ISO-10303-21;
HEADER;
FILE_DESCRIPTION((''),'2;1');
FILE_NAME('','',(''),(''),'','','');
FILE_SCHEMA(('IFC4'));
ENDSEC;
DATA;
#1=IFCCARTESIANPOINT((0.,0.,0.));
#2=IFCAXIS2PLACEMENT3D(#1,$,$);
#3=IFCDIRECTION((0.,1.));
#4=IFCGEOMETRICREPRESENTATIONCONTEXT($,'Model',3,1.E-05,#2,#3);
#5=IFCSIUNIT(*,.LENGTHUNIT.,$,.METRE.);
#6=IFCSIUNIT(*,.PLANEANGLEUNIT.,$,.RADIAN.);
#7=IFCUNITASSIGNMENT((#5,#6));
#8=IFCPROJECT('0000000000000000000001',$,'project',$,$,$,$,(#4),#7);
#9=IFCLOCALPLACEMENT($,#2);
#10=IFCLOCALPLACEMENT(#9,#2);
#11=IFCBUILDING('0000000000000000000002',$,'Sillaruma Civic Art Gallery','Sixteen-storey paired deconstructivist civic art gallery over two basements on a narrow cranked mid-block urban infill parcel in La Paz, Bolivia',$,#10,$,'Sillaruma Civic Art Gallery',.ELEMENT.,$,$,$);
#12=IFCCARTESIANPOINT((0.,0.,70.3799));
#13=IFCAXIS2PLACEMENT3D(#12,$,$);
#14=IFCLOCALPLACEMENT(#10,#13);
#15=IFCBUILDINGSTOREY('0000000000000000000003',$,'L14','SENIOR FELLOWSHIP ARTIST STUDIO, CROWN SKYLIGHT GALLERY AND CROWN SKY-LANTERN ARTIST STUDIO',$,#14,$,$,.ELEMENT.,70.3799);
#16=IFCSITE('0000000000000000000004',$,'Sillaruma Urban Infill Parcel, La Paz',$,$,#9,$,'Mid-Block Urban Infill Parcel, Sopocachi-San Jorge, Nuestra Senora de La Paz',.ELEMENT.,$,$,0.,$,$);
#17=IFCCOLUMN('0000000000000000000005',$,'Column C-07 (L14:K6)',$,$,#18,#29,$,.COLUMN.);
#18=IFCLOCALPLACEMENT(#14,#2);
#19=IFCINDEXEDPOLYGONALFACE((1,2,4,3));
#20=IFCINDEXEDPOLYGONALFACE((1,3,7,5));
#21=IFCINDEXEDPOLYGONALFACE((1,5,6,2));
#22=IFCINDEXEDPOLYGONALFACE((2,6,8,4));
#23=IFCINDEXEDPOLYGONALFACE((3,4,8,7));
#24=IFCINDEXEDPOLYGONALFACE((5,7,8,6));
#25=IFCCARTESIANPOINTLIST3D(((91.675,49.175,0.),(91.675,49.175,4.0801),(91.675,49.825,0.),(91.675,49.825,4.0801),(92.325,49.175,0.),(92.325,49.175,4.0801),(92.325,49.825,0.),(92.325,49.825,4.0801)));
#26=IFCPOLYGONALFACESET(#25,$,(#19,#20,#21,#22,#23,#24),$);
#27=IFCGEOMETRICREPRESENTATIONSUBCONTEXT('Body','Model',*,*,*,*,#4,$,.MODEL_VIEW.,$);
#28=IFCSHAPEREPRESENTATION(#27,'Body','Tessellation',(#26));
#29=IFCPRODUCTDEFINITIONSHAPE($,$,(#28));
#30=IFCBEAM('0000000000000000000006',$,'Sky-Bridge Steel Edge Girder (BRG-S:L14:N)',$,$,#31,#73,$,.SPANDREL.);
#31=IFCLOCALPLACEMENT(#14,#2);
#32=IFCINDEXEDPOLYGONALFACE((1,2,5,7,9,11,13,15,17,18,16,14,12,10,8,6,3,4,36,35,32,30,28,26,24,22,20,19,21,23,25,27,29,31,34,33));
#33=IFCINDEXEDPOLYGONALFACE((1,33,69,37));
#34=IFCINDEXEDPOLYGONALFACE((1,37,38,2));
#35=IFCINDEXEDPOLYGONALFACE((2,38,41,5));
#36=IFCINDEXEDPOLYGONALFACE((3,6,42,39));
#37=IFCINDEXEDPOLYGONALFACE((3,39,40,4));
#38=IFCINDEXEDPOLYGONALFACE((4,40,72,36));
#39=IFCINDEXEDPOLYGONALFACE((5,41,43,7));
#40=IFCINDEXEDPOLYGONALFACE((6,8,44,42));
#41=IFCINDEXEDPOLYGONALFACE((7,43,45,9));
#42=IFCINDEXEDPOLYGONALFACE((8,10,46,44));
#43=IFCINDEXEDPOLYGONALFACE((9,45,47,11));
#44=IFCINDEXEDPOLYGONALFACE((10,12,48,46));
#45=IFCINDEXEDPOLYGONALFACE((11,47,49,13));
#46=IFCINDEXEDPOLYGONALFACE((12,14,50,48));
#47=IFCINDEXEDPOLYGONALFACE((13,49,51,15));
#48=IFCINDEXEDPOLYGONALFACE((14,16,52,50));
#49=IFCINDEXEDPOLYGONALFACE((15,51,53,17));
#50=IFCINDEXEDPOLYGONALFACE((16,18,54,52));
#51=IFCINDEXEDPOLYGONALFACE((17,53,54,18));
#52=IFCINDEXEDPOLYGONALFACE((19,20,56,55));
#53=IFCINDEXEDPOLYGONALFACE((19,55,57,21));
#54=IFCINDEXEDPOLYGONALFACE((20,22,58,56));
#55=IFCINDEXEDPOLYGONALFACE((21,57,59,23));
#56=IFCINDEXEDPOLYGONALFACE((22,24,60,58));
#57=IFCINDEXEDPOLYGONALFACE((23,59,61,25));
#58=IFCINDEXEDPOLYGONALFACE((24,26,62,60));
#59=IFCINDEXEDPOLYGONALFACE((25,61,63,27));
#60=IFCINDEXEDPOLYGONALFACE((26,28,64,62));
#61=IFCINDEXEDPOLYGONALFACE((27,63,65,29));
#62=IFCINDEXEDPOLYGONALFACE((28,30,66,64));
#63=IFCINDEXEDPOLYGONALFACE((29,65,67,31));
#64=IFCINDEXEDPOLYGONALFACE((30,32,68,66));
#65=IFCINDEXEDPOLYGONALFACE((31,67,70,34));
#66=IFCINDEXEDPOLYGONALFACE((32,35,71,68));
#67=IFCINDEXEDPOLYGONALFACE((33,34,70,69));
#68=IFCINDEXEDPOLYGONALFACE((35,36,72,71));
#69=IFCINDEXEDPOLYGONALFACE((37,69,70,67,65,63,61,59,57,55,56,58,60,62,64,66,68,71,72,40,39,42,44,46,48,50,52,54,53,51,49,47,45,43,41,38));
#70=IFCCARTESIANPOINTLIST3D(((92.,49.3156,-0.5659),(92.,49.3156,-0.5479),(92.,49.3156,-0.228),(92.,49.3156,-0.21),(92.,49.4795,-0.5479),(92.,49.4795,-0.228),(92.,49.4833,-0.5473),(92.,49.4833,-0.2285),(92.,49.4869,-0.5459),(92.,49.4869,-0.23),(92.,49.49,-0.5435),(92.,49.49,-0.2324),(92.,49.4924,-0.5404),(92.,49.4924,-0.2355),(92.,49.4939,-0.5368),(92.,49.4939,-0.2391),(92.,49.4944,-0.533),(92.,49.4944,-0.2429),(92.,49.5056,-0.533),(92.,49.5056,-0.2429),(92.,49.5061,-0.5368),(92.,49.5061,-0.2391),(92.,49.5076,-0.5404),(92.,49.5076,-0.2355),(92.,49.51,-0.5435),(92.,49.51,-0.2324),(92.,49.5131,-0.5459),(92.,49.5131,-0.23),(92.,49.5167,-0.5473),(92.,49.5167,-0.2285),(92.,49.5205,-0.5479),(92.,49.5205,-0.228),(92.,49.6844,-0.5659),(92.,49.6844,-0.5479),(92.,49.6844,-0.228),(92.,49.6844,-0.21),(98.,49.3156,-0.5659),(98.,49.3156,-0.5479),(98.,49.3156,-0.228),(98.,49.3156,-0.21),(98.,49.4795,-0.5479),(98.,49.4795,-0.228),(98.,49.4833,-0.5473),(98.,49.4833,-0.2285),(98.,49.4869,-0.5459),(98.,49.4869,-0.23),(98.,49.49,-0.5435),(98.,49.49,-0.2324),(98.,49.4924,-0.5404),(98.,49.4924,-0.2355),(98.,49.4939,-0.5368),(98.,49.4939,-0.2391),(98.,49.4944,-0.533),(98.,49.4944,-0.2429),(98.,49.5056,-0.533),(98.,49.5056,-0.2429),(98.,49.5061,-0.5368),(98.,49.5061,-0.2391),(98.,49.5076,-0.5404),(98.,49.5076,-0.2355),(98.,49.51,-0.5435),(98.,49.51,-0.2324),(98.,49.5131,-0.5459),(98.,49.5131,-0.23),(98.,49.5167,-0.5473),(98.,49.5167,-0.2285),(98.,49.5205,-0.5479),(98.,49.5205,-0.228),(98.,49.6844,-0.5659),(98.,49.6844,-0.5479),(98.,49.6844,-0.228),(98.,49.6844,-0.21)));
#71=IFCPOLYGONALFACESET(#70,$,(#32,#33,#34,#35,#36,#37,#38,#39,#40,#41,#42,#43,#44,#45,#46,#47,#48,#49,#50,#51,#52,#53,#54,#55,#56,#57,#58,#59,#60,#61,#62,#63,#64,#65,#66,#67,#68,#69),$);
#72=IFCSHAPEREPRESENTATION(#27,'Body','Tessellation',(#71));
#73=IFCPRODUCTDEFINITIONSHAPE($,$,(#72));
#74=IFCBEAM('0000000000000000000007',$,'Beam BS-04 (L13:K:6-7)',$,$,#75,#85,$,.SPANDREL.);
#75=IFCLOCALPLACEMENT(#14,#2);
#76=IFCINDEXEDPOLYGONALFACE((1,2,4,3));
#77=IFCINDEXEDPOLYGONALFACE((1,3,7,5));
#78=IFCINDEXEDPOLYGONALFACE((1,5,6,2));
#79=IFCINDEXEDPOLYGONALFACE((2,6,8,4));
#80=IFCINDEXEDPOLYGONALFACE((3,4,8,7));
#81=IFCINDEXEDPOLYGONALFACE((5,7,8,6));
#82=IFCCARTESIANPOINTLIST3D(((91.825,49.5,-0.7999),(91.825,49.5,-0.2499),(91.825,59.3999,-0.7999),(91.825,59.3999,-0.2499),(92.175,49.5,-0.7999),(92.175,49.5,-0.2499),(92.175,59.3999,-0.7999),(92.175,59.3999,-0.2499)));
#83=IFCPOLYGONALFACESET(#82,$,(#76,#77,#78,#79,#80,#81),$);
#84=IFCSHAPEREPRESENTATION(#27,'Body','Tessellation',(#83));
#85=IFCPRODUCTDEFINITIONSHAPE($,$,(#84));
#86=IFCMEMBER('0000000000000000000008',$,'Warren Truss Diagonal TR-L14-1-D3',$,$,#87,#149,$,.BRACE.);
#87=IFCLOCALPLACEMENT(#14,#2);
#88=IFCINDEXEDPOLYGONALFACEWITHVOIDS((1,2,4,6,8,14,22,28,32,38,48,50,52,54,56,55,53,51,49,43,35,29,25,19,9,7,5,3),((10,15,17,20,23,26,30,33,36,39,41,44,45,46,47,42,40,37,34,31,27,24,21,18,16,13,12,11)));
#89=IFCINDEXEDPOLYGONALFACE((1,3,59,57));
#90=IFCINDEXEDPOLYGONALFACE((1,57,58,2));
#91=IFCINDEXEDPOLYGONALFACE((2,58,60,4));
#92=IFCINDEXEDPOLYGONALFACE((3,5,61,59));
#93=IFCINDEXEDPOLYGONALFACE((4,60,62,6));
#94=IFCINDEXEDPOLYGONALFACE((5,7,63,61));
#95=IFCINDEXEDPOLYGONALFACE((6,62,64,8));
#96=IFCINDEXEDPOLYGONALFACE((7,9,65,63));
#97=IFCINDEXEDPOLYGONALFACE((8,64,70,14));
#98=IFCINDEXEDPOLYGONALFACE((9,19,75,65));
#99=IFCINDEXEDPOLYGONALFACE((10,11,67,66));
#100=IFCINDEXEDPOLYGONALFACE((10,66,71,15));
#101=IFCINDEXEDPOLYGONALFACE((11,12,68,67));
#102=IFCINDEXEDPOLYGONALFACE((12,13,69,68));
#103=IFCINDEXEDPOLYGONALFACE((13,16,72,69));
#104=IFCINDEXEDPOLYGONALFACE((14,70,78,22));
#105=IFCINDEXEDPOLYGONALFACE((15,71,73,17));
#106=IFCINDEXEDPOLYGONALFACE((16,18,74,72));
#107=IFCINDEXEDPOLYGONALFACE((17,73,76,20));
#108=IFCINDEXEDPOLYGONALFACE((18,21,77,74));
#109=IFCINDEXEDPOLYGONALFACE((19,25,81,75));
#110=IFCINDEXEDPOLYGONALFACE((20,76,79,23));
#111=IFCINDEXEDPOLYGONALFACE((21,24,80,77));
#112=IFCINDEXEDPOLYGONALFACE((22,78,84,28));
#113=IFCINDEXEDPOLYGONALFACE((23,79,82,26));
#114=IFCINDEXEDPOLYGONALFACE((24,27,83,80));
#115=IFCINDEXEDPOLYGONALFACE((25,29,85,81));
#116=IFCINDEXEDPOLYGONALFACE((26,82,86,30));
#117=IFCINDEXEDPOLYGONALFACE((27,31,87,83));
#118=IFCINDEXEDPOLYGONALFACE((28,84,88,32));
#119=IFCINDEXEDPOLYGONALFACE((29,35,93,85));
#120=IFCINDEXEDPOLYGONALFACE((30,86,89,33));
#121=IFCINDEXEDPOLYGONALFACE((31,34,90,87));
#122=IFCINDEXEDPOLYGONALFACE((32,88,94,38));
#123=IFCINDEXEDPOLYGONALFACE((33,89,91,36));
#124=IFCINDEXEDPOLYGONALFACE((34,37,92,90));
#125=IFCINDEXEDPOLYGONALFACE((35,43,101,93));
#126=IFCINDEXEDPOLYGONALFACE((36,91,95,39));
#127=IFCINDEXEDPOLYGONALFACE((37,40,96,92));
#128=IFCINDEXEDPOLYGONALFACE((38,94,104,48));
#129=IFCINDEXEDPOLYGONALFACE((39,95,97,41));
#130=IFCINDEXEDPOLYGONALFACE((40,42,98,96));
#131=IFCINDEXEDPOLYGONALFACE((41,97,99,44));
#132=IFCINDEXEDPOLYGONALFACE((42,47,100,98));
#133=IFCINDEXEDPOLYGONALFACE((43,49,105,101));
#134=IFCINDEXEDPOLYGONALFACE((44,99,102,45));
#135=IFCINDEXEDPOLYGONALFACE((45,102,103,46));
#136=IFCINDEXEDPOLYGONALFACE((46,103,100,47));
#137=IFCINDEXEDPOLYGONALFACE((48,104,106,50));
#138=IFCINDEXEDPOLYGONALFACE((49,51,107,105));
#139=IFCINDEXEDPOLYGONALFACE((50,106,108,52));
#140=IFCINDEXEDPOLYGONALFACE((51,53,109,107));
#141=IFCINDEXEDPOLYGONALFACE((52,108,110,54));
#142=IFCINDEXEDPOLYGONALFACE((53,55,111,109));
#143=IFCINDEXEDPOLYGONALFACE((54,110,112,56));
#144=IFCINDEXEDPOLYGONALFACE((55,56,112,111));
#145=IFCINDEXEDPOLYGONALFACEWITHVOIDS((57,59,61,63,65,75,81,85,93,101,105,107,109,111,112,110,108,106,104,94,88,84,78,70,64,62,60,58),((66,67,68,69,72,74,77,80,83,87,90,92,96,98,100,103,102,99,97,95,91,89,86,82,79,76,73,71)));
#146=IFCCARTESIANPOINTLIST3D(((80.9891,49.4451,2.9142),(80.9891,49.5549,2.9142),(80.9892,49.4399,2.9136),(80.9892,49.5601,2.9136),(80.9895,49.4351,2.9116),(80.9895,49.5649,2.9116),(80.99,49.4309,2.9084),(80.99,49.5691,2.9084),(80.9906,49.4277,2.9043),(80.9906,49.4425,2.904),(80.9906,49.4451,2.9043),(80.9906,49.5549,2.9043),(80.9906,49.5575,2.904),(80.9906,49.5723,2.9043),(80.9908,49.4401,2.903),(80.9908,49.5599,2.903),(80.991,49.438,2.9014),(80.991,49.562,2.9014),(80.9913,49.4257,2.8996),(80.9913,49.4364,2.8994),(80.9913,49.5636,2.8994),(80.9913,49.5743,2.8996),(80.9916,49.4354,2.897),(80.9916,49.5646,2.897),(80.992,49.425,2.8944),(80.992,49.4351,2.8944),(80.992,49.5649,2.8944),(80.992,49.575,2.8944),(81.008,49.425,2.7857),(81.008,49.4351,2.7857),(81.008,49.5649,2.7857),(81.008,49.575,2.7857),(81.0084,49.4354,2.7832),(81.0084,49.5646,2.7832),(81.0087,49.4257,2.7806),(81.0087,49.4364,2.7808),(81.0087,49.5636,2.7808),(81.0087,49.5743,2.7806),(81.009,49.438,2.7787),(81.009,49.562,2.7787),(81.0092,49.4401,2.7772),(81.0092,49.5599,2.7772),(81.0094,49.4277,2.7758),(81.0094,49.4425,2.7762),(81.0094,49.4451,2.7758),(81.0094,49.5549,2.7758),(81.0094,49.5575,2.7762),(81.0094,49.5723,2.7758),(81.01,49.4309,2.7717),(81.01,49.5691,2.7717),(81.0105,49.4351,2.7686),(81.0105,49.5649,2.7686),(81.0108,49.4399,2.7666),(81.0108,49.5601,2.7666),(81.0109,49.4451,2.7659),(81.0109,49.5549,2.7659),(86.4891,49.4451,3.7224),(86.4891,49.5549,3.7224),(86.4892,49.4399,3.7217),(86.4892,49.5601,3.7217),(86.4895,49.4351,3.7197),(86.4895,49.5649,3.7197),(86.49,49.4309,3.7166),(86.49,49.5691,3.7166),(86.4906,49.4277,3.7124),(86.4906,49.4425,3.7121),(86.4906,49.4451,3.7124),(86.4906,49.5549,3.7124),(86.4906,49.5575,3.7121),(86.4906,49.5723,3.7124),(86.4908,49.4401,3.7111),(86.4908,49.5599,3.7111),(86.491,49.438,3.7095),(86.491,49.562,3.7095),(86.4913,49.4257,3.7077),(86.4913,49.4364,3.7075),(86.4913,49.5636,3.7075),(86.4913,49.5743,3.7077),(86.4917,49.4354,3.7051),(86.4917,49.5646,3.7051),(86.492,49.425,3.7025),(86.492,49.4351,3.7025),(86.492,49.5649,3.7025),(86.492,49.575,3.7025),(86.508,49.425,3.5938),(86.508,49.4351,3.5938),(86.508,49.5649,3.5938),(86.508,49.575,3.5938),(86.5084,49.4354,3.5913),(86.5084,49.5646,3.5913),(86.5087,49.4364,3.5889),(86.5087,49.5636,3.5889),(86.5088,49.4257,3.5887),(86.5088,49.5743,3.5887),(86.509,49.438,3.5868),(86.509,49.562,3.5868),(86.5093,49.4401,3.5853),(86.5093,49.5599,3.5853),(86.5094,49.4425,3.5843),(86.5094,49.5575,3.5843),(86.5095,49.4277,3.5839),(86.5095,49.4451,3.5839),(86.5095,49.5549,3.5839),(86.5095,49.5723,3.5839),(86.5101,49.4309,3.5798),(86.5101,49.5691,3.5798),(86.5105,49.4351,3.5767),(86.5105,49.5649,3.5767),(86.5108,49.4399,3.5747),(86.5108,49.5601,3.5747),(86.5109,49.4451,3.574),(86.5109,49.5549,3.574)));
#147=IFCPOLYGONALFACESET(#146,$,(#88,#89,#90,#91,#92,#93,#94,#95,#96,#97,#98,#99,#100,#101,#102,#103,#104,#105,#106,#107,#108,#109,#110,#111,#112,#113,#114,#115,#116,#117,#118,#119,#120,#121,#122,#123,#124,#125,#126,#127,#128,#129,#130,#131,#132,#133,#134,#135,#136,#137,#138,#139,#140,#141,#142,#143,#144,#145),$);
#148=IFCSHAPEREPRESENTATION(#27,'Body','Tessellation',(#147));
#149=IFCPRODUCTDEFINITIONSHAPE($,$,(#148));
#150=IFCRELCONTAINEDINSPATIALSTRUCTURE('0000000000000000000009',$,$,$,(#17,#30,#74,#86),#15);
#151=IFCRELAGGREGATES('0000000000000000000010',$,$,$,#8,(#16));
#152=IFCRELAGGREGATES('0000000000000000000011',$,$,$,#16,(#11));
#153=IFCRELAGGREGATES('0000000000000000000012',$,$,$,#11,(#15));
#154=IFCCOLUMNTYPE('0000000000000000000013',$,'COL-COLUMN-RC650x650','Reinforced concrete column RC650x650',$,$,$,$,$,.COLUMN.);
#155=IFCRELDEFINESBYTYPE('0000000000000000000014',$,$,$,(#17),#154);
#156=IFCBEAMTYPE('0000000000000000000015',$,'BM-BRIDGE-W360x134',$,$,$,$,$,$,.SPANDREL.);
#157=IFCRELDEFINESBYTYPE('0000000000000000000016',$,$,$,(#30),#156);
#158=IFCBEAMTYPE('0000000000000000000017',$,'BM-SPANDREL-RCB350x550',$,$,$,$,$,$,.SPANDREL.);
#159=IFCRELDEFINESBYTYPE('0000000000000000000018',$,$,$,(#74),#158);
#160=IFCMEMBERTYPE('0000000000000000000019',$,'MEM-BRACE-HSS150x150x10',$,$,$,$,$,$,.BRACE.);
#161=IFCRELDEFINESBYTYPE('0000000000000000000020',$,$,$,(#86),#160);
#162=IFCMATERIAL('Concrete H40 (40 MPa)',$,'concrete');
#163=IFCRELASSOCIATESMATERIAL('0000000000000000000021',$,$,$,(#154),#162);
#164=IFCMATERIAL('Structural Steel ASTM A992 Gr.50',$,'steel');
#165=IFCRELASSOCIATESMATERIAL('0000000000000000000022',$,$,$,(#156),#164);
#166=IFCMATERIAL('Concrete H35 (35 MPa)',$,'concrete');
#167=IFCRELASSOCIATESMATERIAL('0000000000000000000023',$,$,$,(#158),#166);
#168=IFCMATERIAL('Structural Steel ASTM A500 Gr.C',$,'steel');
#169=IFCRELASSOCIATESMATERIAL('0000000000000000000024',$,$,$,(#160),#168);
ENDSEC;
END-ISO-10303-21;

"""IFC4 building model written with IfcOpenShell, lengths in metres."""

from ifc_helpers import new_model, si_unit, direction, frame, origin, origin_2d, place, context, subcontext, project, spatial, rectangle, hollow_rectangle, i_section, extrude, material, material_profile, profile_set, type_object, element, save


model = new_model("IFC4")

# Units and contexts
model_context = context("Model", 3, precision=1e-05, world=origin(), true_north=direction((0.0, 1.0)))
body_context = subcontext(model_context, "Body", "Model", "MODEL_VIEW")
ifc_project = project(units=[si_unit("LENGTHUNIT", "METRE"), si_unit("PLANEANGLEUNIT", "RADIAN")], contexts=[model_context])

# Site, building, storey
site_placement = place(None, origin())
site = spatial("IfcSite", under=ifc_project, at=site_placement, Name="Sillaruma Urban Infill Parcel, La Paz", LongName="Mid-Block Urban Infill Parcel, Sopocachi-San Jorge, Nuestra Senora de La Paz", CompositionType="ELEMENT", RefElevation=0.0)
building_placement = place(site_placement, origin())
building = spatial("IfcBuilding", under=site, at=building_placement, Name="Sillaruma Civic Art Gallery", Description="Sixteen-storey paired deconstructivist civic art gallery over two basements on a narrow cranked mid-block urban infill parcel in La Paz, Bolivia", LongName="Sillaruma Civic Art Gallery", CompositionType="ELEMENT")
storey_placement = place(building_placement, frame((0.0, 0.0, 70.3799)))
storey = spatial("IfcBuildingStorey", under=building, at=storey_placement, Name="L14", Description="SENIOR FELLOWSHIP ARTIST STUDIO, CROWN SKYLIGHT GALLERY AND CROWN SKY-LANTERN ARTIST STUDIO", CompositionType="ELEMENT", Elevation=70.3799)

# Column
ifc_material_1 = material(Name="Concrete H40 (40 MPa)", Category="concrete")
ifc_material_profile_1 = material_profile(ifc_material_1, rectangle(XDim=0.6499, YDim=0.6499, at=origin_2d()), Name="RC650x650")
ifc_profile_set_1 = profile_set([ifc_material_profile_1], Name="Concrete H40 (40 MPa)")
column_type = type_object("IfcColumnType", Name="COL-COLUMN-RC650x650", Description="Reinforced concrete column RC650x650", PredefinedType="COLUMN", material=ifc_profile_set_1)
column_placement = place(storey_placement, frame((92.0, 49.5, 0.0), z_axis=(0.0, 0.0, 1.0), x_axis=(1.0, 0.0, 0.0)))
element("IfcColumn", 1, at=column_placement, inside=storey, type_object=column_type, Name="Column C-07 (L14:K6)", PredefinedType="COLUMN", context=body_context, shape_type="SweptSolid", body=[
    extrude(rectangle(XDim=0.6499, YDim=0.6499, at=origin_2d()), origin(), (0.0, 0.0, 1.0), 4.0801),
])

# Beams
ifc_material_2 = material(Name="Structural Steel ASTM A992 Gr.50", Category="steel")
ifc_material_profile_2 = material_profile(ifc_material_2, i_section(OverallWidth=0.3689, OverallDepth=0.356, WebThickness=0.0112, FlangeThickness=0.0181, FilletRadius=0.0149, at=origin_2d()), Name="W360x134")
ifc_profile_set_2 = profile_set([ifc_material_profile_2], Name="Structural Steel ASTM A992 Gr.50")
beam_type_1 = type_object("IfcBeamType", Name="BM-BRIDGE-W360x134", PredefinedType="SPANDREL", material=ifc_profile_set_2)
beam_1_placement = place(storey_placement, frame((92.0, 49.5, -0.3879), z_axis=(1.0, 0.0, 0.0), x_axis=(0.0, 1.0, 0.0)))
element("IfcBeam", 2, at=beam_1_placement, inside=storey, type_object=beam_type_1, Name="Sky-Bridge Steel Edge Girder (BRG-S:L14:N)", PredefinedType="SPANDREL", context=body_context, shape_type="SweptSolid", body=[
    extrude(i_section(OverallWidth=0.3689, OverallDepth=0.356, WebThickness=0.0112, FlangeThickness=0.0181, FilletRadius=0.0149, at=origin_2d()), origin(), (0.0, 0.0, 1.0), 6.0),
])
ifc_material_3 = material(Name="Concrete H35 (35 MPa)", Category="concrete")
ifc_material_profile_3 = material_profile(ifc_material_3, rectangle(XDim=0.3501, YDim=0.55, at=origin_2d()), Name="RCB350x550")
ifc_profile_set_3 = profile_set([ifc_material_profile_3], Name="Concrete H35 (35 MPa)")
beam_type_2 = type_object("IfcBeamType", Name="BM-SPANDREL-RCB350x550", PredefinedType="SPANDREL", material=ifc_profile_set_3)
beam_2_placement = place(storey_placement, frame((92.0, 49.5, -0.5249), z_axis=(0.0, 1.0, 0.0), x_axis=(-1.0, 0.0, 0.0)))
element("IfcBeam", 3, at=beam_2_placement, inside=storey, type_object=beam_type_2, Name="Beam BS-04 (L13:K:6-7)", PredefinedType="SPANDREL", context=body_context, shape_type="SweptSolid", body=[
    extrude(rectangle(XDim=0.3501, YDim=0.55, at=origin_2d()), origin(), (0.0, 0.0, 1.0), 9.8999),
])

# Member
ifc_material_4 = material(Name="Structural Steel ASTM A500 Gr.C", Category="steel")
ifc_material_profile_4 = material_profile(ifc_material_4, hollow_rectangle(XDim=0.1499, YDim=0.1499, WallThickness=0.01, InnerFilletRadius=0.01, OuterFilletRadius=0.02, at=origin_2d()), Name="HSS150x150x10")
ifc_profile_set_4 = profile_set([ifc_material_profile_4], Name="Structural Steel ASTM A500 Gr.C")
member_type_1 = type_object("IfcMemberType", Name="MEM-BRACE-HSS150x150x10", PredefinedType="BRACE", material=ifc_profile_set_4)
for number, where, z_axis, x_axis, name in (
    (4, (81.0, 49.5, 2.8401), (0.989378, 0.0, 0.145368), (0.0, 1.0, 0.0), "Warren Truss Diagonal TR-L14-1-D3"),
):
    element("IfcMember", number, at=place(storey_placement, frame(where, z_axis=z_axis, x_axis=x_axis)), inside=storey, type_object=member_type_1, Name=name, PredefinedType="BRACE", context=body_context, shape_type="SweptSolid", body=[
        extrude(hollow_rectangle(XDim=0.1499, YDim=0.1499, WallThickness=0.01, InnerFilletRadius=0.01, OuterFilletRadius=0.02, at=origin_2d()), origin(), (0.0, 0.0, 1.0), 5.5591),
    ])

save(model, "model.ifc")
